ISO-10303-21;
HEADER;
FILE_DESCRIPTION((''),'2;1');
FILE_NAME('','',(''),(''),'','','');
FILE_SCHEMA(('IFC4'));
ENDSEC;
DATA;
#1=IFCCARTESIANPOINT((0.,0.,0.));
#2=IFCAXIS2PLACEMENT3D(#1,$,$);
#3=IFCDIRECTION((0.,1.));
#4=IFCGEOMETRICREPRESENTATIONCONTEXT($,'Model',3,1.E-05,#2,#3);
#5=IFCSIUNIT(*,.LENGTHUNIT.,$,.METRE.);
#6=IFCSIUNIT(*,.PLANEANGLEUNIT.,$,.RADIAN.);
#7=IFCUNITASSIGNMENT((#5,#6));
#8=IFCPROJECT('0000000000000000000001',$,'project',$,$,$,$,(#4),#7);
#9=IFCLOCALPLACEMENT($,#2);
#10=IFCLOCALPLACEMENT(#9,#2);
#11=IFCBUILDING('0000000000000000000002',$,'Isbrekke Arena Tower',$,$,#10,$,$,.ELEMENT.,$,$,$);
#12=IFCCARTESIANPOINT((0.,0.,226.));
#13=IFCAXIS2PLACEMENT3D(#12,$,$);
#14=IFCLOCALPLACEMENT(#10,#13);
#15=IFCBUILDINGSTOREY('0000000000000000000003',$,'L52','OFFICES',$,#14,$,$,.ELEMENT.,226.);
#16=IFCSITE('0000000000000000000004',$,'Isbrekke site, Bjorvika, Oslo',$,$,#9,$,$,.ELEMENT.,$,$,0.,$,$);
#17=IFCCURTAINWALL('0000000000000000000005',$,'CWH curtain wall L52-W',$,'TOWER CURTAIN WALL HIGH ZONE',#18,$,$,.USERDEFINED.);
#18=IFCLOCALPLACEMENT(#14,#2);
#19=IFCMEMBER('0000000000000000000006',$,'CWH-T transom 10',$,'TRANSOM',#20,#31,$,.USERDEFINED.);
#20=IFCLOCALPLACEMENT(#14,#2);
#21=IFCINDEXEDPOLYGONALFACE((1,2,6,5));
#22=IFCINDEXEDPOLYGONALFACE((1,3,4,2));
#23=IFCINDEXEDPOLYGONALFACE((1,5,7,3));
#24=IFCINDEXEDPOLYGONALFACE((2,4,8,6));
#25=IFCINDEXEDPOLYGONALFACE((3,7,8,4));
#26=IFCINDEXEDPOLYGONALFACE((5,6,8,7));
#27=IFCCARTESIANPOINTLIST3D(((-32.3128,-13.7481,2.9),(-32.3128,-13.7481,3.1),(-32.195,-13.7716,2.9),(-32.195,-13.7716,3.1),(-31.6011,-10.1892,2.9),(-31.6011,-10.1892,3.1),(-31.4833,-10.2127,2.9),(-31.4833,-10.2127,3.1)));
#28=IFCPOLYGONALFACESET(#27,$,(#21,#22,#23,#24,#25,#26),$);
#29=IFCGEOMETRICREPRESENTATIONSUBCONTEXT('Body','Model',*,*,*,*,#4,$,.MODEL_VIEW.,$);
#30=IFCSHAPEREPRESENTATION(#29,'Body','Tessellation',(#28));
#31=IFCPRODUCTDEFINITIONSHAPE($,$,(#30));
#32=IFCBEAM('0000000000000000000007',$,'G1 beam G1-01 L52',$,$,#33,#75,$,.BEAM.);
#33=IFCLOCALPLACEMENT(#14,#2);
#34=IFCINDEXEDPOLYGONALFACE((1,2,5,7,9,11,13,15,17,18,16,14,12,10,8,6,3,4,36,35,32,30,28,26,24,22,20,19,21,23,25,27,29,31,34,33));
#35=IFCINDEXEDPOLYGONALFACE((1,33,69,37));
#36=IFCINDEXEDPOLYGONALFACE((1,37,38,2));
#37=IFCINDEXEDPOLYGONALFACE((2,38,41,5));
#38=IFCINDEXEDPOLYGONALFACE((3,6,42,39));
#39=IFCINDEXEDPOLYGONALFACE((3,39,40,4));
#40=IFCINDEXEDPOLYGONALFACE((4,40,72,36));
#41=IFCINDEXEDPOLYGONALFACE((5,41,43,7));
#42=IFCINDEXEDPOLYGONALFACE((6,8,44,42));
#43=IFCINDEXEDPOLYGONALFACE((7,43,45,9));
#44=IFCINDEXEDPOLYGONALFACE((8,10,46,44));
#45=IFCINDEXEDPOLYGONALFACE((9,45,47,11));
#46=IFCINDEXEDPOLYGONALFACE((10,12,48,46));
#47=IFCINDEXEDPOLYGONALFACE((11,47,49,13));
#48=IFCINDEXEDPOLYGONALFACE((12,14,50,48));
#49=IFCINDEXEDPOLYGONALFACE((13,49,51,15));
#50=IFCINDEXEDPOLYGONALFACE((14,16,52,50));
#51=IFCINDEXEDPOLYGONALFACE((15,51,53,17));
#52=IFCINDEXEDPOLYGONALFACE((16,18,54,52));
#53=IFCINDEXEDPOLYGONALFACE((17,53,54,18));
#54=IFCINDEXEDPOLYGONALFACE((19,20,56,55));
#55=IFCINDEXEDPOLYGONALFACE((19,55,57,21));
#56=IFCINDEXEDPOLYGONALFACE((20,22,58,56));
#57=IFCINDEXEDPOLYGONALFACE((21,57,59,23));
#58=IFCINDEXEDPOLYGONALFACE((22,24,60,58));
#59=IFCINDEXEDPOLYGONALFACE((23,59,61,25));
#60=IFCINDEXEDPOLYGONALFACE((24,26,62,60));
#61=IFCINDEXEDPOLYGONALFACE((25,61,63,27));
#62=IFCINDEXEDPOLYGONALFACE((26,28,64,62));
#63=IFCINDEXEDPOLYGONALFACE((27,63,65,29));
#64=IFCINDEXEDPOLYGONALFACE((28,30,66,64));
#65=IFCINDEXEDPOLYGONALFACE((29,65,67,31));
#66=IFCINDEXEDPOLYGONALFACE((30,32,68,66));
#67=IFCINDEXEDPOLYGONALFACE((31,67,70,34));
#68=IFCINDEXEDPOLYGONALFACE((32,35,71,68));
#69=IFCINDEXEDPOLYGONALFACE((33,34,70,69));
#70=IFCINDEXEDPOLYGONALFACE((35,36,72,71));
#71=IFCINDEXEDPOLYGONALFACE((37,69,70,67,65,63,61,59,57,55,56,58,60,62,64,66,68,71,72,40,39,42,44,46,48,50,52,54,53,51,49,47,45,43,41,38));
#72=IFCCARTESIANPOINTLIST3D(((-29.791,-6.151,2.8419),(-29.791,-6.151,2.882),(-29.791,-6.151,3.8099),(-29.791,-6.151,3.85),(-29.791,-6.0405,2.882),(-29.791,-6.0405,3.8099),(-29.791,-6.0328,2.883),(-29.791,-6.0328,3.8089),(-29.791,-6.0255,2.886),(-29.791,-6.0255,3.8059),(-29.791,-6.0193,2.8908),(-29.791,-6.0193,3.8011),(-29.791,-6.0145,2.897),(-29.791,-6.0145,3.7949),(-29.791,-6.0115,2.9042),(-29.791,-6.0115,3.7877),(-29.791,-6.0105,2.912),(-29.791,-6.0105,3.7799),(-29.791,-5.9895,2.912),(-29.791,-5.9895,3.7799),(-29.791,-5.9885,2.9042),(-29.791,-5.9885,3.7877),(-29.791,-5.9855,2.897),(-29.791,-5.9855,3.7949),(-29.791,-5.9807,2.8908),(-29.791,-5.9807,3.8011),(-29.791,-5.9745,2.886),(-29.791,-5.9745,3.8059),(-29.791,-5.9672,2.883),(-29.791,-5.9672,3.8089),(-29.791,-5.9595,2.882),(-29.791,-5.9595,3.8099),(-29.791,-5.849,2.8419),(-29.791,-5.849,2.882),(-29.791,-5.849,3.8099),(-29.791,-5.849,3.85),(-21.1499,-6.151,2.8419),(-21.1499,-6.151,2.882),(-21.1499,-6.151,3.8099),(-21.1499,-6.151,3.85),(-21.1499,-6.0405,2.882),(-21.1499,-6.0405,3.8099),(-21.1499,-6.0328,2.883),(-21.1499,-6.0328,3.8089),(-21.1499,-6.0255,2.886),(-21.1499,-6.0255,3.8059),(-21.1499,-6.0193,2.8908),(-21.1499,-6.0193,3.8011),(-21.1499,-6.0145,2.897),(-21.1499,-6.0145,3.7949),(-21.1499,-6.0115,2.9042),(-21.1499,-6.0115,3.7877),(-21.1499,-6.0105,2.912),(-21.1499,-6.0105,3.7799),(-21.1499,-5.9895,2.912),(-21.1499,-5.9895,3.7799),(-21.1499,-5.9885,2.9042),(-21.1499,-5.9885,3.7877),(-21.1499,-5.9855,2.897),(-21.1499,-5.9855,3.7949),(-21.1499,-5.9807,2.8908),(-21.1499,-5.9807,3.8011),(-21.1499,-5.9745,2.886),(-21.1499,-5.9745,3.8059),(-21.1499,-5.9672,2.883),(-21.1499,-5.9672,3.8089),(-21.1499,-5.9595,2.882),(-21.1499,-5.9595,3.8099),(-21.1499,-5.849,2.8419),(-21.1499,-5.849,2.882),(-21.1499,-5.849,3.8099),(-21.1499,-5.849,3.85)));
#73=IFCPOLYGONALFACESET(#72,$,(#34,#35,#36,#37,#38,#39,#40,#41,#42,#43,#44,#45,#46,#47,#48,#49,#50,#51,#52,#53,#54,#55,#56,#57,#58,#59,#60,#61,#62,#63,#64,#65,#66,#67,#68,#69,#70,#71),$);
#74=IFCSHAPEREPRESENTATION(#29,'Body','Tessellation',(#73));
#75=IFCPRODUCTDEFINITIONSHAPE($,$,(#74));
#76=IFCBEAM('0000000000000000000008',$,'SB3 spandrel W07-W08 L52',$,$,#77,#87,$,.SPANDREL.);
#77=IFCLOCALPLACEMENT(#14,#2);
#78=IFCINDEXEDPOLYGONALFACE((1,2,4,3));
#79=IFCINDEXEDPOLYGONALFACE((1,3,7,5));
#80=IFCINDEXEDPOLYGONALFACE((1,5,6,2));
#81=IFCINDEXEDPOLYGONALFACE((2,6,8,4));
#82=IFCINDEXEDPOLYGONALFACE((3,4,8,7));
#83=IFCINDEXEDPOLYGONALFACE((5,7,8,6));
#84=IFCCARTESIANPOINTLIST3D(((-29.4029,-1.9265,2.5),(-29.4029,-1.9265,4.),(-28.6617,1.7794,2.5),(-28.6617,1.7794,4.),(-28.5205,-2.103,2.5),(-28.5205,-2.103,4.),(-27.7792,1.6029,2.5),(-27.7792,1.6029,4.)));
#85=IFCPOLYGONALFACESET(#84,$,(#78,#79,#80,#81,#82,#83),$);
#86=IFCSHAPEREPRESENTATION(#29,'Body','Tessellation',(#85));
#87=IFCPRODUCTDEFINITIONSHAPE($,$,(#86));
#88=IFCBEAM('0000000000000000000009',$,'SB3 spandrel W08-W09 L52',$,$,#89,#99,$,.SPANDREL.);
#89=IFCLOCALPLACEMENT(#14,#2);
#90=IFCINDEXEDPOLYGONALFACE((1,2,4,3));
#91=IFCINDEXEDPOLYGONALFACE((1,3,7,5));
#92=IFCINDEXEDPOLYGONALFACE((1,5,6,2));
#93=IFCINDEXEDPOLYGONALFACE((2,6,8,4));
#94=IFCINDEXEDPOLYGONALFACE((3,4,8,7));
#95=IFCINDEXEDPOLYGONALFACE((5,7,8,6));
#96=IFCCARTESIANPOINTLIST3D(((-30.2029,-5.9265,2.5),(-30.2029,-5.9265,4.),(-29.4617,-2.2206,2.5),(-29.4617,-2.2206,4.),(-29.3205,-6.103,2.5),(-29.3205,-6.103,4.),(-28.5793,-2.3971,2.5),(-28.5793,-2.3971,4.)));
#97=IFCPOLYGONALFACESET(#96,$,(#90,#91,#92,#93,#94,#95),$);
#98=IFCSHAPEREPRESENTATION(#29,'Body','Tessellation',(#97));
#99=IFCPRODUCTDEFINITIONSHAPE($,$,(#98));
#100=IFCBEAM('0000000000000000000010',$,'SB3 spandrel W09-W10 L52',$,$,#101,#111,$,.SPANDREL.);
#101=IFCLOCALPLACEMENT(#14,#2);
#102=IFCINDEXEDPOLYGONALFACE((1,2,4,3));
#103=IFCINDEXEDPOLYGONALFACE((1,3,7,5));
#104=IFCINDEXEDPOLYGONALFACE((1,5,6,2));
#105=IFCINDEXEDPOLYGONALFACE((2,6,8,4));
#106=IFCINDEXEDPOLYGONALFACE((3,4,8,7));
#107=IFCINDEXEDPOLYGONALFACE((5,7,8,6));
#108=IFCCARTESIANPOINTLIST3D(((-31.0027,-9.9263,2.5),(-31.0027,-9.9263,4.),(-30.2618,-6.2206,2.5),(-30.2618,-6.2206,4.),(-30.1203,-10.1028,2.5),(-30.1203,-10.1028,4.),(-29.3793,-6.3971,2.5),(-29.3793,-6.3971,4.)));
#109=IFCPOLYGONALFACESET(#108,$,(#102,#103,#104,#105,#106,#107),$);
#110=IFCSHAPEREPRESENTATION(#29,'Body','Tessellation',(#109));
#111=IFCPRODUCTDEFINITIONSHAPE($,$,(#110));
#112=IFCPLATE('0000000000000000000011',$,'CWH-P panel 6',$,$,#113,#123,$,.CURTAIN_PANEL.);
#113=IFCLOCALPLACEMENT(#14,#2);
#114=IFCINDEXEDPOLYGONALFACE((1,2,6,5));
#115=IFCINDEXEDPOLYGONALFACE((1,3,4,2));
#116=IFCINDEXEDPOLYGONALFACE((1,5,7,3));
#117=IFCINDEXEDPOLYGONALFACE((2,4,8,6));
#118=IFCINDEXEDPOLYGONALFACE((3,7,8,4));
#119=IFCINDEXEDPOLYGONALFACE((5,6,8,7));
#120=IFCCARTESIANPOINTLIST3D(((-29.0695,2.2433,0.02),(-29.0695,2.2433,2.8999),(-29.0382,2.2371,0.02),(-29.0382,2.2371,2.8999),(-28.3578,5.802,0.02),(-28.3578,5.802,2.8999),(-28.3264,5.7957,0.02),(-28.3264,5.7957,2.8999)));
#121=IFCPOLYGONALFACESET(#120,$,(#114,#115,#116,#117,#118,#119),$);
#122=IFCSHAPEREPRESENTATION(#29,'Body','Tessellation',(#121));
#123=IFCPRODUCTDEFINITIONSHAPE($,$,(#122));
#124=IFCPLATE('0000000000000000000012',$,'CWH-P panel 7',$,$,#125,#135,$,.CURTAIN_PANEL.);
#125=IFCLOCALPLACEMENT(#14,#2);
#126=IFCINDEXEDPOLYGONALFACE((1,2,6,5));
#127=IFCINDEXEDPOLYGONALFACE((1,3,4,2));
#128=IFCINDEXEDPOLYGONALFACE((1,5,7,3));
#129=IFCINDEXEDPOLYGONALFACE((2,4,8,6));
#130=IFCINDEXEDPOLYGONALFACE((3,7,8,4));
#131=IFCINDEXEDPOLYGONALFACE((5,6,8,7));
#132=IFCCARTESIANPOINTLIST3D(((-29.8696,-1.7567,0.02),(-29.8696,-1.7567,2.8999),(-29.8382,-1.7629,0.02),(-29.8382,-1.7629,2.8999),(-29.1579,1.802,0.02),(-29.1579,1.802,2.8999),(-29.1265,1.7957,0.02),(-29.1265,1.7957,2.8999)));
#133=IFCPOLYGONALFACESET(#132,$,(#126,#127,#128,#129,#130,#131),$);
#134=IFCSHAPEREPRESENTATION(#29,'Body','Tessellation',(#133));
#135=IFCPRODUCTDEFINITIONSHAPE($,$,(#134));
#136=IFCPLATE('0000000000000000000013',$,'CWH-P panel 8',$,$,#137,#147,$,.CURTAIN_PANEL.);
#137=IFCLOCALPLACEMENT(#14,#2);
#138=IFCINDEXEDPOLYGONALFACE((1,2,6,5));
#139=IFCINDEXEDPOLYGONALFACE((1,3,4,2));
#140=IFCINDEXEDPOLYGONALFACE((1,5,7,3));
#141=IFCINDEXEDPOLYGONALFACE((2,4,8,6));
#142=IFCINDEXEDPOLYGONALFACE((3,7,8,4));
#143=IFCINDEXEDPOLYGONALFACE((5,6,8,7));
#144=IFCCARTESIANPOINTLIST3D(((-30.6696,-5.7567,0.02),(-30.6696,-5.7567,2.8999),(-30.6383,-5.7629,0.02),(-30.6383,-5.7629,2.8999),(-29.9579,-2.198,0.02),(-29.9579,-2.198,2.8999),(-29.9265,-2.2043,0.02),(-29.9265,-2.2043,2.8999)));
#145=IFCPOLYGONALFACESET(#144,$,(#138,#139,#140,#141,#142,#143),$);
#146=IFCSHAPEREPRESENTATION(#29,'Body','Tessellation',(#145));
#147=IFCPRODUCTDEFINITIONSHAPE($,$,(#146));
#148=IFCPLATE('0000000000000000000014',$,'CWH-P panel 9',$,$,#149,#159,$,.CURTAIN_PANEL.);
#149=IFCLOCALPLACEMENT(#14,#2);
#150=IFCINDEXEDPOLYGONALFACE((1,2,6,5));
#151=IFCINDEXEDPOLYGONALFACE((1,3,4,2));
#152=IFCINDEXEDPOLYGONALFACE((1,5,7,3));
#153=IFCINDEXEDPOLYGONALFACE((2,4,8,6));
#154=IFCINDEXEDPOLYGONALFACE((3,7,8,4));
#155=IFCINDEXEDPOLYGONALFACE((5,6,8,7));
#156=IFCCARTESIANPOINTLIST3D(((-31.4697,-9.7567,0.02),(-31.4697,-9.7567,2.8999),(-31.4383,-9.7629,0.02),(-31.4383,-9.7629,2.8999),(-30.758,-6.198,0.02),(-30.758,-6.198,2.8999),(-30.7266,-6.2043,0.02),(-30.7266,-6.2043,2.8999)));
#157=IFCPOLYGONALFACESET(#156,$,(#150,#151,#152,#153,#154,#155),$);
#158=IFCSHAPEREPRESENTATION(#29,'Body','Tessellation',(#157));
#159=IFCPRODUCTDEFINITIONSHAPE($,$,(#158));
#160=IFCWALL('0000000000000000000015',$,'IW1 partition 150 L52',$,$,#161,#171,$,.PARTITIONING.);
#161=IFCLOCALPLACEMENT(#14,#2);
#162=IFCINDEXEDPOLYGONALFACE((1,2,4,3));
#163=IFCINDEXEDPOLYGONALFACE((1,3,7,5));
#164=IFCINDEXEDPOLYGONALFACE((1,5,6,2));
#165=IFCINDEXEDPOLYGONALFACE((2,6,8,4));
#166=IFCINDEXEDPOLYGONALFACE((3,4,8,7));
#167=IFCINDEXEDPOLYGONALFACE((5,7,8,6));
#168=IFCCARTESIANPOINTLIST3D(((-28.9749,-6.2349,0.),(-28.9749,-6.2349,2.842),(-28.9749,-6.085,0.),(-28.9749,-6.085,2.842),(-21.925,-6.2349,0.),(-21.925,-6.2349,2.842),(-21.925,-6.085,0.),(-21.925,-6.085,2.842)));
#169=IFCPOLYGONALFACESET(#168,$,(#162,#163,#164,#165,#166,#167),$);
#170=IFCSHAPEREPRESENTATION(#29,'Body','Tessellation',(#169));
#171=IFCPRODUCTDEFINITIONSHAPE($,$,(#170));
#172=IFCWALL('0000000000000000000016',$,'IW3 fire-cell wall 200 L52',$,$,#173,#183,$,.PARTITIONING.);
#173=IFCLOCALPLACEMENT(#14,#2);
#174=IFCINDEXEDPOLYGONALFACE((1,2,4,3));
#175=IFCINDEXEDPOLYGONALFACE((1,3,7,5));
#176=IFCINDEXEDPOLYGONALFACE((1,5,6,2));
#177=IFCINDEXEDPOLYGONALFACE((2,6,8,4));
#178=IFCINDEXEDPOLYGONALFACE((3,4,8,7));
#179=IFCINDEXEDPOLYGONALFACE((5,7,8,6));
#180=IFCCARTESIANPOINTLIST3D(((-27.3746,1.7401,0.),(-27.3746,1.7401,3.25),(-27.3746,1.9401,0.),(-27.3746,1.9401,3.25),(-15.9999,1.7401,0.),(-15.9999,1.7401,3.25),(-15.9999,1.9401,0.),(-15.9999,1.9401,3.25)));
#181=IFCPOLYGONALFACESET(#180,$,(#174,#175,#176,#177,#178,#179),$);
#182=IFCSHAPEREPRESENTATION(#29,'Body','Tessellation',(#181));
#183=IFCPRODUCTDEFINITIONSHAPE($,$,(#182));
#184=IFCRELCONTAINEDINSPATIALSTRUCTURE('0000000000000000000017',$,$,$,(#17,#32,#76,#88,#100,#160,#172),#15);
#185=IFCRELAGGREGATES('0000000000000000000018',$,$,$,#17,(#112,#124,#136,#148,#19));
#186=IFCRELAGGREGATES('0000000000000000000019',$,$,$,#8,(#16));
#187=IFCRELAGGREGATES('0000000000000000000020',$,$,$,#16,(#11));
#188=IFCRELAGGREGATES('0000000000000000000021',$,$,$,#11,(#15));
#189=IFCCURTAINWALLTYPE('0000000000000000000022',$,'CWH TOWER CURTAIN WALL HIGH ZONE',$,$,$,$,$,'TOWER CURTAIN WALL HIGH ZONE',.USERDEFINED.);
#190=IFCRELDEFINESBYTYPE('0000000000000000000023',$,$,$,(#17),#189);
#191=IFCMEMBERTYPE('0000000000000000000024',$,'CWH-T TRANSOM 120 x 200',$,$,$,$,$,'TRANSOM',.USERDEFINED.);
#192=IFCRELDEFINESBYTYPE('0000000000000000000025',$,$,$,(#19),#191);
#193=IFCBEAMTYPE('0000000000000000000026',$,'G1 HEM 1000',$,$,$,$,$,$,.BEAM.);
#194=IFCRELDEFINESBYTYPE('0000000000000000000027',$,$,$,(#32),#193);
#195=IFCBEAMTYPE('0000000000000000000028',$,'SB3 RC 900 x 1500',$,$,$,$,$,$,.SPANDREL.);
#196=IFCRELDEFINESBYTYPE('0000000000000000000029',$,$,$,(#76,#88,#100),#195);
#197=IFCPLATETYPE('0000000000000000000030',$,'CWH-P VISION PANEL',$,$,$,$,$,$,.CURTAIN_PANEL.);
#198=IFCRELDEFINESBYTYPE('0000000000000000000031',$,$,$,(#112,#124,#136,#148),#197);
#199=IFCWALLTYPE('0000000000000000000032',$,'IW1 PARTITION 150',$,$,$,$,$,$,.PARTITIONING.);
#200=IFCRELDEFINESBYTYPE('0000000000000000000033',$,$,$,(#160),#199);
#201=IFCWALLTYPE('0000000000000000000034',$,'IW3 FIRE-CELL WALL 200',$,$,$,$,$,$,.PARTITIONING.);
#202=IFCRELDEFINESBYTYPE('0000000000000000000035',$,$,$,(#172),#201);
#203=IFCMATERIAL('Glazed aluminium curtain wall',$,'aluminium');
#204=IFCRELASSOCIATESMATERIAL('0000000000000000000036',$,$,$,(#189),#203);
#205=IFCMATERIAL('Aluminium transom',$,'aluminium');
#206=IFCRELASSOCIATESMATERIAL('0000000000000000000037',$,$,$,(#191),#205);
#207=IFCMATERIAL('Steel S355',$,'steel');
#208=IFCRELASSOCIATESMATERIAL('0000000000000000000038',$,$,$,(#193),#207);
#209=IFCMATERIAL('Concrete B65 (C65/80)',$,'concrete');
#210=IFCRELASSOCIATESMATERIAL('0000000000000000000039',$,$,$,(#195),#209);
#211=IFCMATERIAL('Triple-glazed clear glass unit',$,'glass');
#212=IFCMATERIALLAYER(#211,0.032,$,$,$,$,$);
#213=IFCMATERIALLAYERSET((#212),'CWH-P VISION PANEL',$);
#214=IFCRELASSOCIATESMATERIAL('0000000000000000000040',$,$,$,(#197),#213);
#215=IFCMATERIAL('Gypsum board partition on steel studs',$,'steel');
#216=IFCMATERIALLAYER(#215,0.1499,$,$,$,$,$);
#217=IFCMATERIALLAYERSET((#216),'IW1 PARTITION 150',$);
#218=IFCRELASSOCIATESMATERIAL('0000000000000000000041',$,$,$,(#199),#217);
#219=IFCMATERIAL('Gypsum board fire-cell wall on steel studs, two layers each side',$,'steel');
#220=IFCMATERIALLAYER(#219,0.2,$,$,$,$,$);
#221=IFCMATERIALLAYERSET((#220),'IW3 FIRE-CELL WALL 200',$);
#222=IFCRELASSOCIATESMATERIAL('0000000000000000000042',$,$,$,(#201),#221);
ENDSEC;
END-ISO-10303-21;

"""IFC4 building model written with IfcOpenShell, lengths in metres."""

from ifc_helpers import new_model, si_unit, direction, frame, frame_2d, origin, origin_2d, place, context, subcontext, project, spatial, rectangle, i_section, extrude, material, layer, layer_set, material_profile, profile_set, type_object, element, aggregate, save


model = new_model("IFC4")

# Units and contexts
model_context = context("Model", 3, precision=1e-05, world=origin(), true_north=direction((0.0, 1.0)))
body_context = subcontext(model_context, "Body", "Model", "MODEL_VIEW")
ifc_project = project(units=[si_unit("LENGTHUNIT", "METRE"), si_unit("PLANEANGLEUNIT", "RADIAN")], contexts=[model_context])

# Site, building, storey
site_placement = place(None, origin())
site = spatial("IfcSite", under=ifc_project, at=site_placement, Name="Isbrekke site, Bjorvika, Oslo", CompositionType="ELEMENT", RefElevation=0.0)
building_placement = place(site_placement, origin())
building = spatial("IfcBuilding", under=site, at=building_placement, Name="Isbrekke Arena Tower", CompositionType="ELEMENT")
storey_placement = place(building_placement, frame((0.0, 0.0, 226.0)))
storey = spatial("IfcBuildingStorey", under=building, at=storey_placement, Name="L52", Description="OFFICES", CompositionType="ELEMENT", Elevation=226.0)

# Curtain wall, member
ifc_material_1 = material(Name="Glazed aluminium curtain wall", Category="aluminium")
curtain_wall_type = type_object("IfcCurtainWallType", Name="CWH TOWER CURTAIN WALL HIGH ZONE", ElementType="TOWER CURTAIN WALL HIGH ZONE", PredefinedType="USERDEFINED", material=ifc_material_1)
curtain_wall_placement = place(storey_placement, origin())
curtain_wall = element("IfcCurtainWall", 1, at=curtain_wall_placement, inside=storey, type_object=curtain_wall_type, Name="CWH curtain wall L52-W", ObjectType="TOWER CURTAIN WALL HIGH ZONE", PredefinedType="USERDEFINED")
ifc_material_2 = material(Name="Aluminium transom", Category="aluminium")
ifc_material_profile_1 = material_profile(ifc_material_2, rectangle(XDim=0.1201, YDim=0.2, at=origin_2d()), Name="TRANSOM 120X200")
ifc_profile_set_1 = profile_set([ifc_material_profile_1], Name="Aluminium transom")
member_type_1 = type_object("IfcMemberType", Name="CWH-T TRANSOM 120 x 200", ElementType="TRANSOM", PredefinedType="USERDEFINED", material=ifc_profile_set_1)
member_1_placement = place(storey_placement, frame((-31.5422, -10.2009, 3.0), z_axis=(-0.19609, -0.980586, 0.0), x_axis=(0.980586, -0.19609, 0.0)))
member_1 = element("IfcMember", 2, at=member_1_placement, type_object=member_type_1, Name="CWH-T transom 10", ObjectType="TRANSOM", PredefinedType="USERDEFINED", context=body_context, shape_type="SweptSolid", body=[
    extrude(rectangle(XDim=0.1201, YDim=0.2, at=origin_2d()), origin(), (0.0, 0.0, 1.0), 3.6294),
])

# Beams
ifc_material_3 = material(Name="Steel S355", Category="steel")
ifc_material_profile_2 = material_profile(ifc_material_3, i_section(OverallWidth=0.302, OverallDepth=1.0081, WebThickness=0.021, FlangeThickness=0.04, FilletRadius=0.03, at=origin_2d()), Name="HEM 1000")
ifc_profile_set_2 = profile_set([ifc_material_profile_2], Name="Steel S355")
beam_type_1 = type_object("IfcBeamType", Name="G1 HEM 1000", PredefinedType="BEAM", material=ifc_profile_set_2)
beam_1_placement = place(storey_placement, frame((-29.791, -6.0, 3.3459), z_axis=(1.0, 0.0, 0.0), x_axis=(0.0, 1.0, 0.0)))
element("IfcBeam", 3, at=beam_1_placement, inside=storey, type_object=beam_type_1, Name="G1 beam G1-01 L52", PredefinedType="BEAM", context=body_context, shape_type="SweptSolid", body=[
    extrude(i_section(OverallWidth=0.302, OverallDepth=1.0081, WebThickness=0.021, FlangeThickness=0.04, FilletRadius=0.03, at=origin_2d()), origin(), (0.0, 0.0, 1.0), 8.6411),
])
ifc_material_4 = material(Name="Concrete B65 (C65/80)", Category="concrete")
ifc_material_profile_3 = material_profile(ifc_material_4, rectangle(XDim=0.8999, YDim=1.5, at=origin_2d()), Name="RC 900x1500")
ifc_profile_set_3 = profile_set([ifc_material_profile_3], Name="Concrete B65 (C65/80)")
beam_type_2 = type_object("IfcBeamType", Name="SB3 RC 900 x 1500", PredefinedType="SPANDREL", material=ifc_profile_set_3)
for number, where, z_axis, x_axis, name in (
    (4, (-28.2205, 1.6912, 3.25), (-0.196129, -0.980578, 0.0), (0.980578, -0.196129, 0.0), "SB3 spandrel W07-W08 L52"),
    (5, (-29.0205, -2.3088, 3.25), (-0.196129, -0.980578, 0.0), (0.980578, -0.196129, 0.0), "SB3 spandrel W08-W09 L52"),
):
    element("IfcBeam", number, at=place(storey_placement, frame(where, z_axis=z_axis, x_axis=x_axis)), inside=storey, type_object=beam_type_2, Name=name, PredefinedType="SPANDREL", context=body_context, shape_type="SweptSolid", body=[
        extrude(rectangle(XDim=0.8999, YDim=1.5, at=origin_2d()), origin(), (0.0, 0.0, 1.0), 3.7793),
    ])
beam_2_placement = place(storey_placement, frame((-29.8206, -6.3088, 3.25), z_axis=(-0.196066, -0.980591, 0.0), x_axis=(0.980591, -0.196066, 0.0)))
element("IfcBeam", 6, at=beam_2_placement, inside=storey, type_object=beam_type_2, Name="SB3 spandrel W09-W10 L52", PredefinedType="SPANDREL", context=body_context, shape_type="SweptSolid", body=[
    extrude(rectangle(XDim=0.8999, YDim=1.5, at=origin_2d()), origin(), (0.0, 0.0, 1.0), 3.7791),
])

# Plates
ifc_material_5 = material(Name="Triple-glazed clear glass unit", Category="glass")
ifc_layer_1 = layer(ifc_material_5, 0.032)
ifc_layer_set_1 = layer_set([ifc_layer_1], Name="CWH-P VISION PANEL")
plate_type = type_object("IfcPlateType", Name="CWH-P VISION PANEL", PredefinedType="CURTAIN_PANEL", material=ifc_layer_set_1)
plate_1_placement = place(storey_placement, frame((-28.698, 4.0195, 0.02), z_axis=(0.0, 0.0, 1.0), x_axis=(-0.196116, -0.980581, 0.0)))
plate_1 = element("IfcPlate", 7, at=plate_1_placement, type_object=plate_type, Name="CWH-P panel 6", PredefinedType="CURTAIN_PANEL", context=body_context, shape_type="SweptSolid", body=[
    extrude(rectangle(XDim=3.6292, YDim=0.032, at=origin_2d()), origin(), (0.0, 0.0, 1.0), 2.8799),
])
plate_2_placement = place(storey_placement, frame((-29.498, 0.0195, 0.02), z_axis=(0.0, 0.0, 1.0), x_axis=(-0.196116, -0.980581, 0.0)))
plate_2 = element("IfcPlate", 8, at=plate_2_placement, type_object=plate_type, Name="CWH-P panel 7", PredefinedType="CURTAIN_PANEL", context=body_context, shape_type="SweptSolid", body=[
    extrude(rectangle(XDim=3.6292, YDim=0.032, at=origin_2d()), origin(), (0.0, 0.0, 1.0), 2.8799),
])
plate_3_placement = place(storey_placement, frame((-30.2981, -3.9805, 0.02), z_axis=(0.0, 0.0, 1.0), x_axis=(-0.196116, -0.980581, 0.0)))
plate_3 = element("IfcPlate", 9, at=plate_3_placement, type_object=plate_type, Name="CWH-P panel 8", PredefinedType="CURTAIN_PANEL", context=body_context, shape_type="SweptSolid", body=[
    extrude(rectangle(XDim=3.6292, YDim=0.032, at=origin_2d()), origin(), (0.0, 0.0, 1.0), 2.8799),
])
plate_4_placement = place(storey_placement, frame((-31.0981, -7.9805, 0.02), z_axis=(0.0, 0.0, 1.0), x_axis=(-0.196116, -0.980581, 0.0)))
plate_4 = element("IfcPlate", 10, at=plate_4_placement, type_object=plate_type, Name="CWH-P panel 9", PredefinedType="CURTAIN_PANEL", context=body_context, shape_type="SweptSolid", body=[
    extrude(rectangle(XDim=3.6292, YDim=0.032, at=origin_2d()), origin(), (0.0, 0.0, 1.0), 2.8799),
])
aggregate(curtain_wall, [plate_1, plate_2, plate_3, plate_4, member_1])

# Walls
ifc_material_6 = material(Name="Gypsum board partition on steel studs", Category="steel")
ifc_layer_2 = layer(ifc_material_6, 0.1499)
ifc_layer_set_2 = layer_set([ifc_layer_2], Name="IW1 PARTITION 150")
wall_type_1 = type_object("IfcWallType", Name="IW1 PARTITION 150", PredefinedType="PARTITIONING", material=ifc_layer_set_2)
wall_1_placement = place(storey_placement, frame((-28.9749, -6.1599, 0.0), z_axis=(0.0, 0.0, 1.0), x_axis=(1.0, 0.0, 0.0)))
element("IfcWall", 11, at=wall_1_placement, inside=storey, type_object=wall_type_1, Name="IW1 partition 150 L52", PredefinedType="PARTITIONING", context=body_context, shape_type="SweptSolid", body=[
    extrude(rectangle(XDim=7.0498, YDim=0.1499, at=frame_2d((3.5249, 0.0))), origin(), (0.0, 0.0, 1.0), 2.842),
])
ifc_material_7 = material(Name="Gypsum board fire-cell wall on steel studs, two layers each side", Category="steel")
ifc_layer_3 = layer(ifc_material_7, 0.2)
ifc_layer_set_3 = layer_set([ifc_layer_3], Name="IW3 FIRE-CELL WALL 200")
wall_type_2 = type_object("IfcWallType", Name="IW3 FIRE-CELL WALL 200", PredefinedType="PARTITIONING", material=ifc_layer_set_3)
wall_2_placement = place(storey_placement, frame((-27.3748, 1.8401, 0.0), z_axis=(0.0, 0.0, 1.0), x_axis=(1.0, 0.0, 0.0)))
element("IfcWall", 12, at=wall_2_placement, inside=storey, type_object=wall_type_2, Name="IW3 fire-cell wall 200 L52", PredefinedType="PARTITIONING", context=body_context, shape_type="SweptSolid", body=[
    extrude(rectangle(XDim=11.3748, YDim=0.2, at=frame_2d((5.6875, 0.0))), origin(), (0.0, 0.0, 1.0), 3.25),
])

save(model, "model.ifc")
